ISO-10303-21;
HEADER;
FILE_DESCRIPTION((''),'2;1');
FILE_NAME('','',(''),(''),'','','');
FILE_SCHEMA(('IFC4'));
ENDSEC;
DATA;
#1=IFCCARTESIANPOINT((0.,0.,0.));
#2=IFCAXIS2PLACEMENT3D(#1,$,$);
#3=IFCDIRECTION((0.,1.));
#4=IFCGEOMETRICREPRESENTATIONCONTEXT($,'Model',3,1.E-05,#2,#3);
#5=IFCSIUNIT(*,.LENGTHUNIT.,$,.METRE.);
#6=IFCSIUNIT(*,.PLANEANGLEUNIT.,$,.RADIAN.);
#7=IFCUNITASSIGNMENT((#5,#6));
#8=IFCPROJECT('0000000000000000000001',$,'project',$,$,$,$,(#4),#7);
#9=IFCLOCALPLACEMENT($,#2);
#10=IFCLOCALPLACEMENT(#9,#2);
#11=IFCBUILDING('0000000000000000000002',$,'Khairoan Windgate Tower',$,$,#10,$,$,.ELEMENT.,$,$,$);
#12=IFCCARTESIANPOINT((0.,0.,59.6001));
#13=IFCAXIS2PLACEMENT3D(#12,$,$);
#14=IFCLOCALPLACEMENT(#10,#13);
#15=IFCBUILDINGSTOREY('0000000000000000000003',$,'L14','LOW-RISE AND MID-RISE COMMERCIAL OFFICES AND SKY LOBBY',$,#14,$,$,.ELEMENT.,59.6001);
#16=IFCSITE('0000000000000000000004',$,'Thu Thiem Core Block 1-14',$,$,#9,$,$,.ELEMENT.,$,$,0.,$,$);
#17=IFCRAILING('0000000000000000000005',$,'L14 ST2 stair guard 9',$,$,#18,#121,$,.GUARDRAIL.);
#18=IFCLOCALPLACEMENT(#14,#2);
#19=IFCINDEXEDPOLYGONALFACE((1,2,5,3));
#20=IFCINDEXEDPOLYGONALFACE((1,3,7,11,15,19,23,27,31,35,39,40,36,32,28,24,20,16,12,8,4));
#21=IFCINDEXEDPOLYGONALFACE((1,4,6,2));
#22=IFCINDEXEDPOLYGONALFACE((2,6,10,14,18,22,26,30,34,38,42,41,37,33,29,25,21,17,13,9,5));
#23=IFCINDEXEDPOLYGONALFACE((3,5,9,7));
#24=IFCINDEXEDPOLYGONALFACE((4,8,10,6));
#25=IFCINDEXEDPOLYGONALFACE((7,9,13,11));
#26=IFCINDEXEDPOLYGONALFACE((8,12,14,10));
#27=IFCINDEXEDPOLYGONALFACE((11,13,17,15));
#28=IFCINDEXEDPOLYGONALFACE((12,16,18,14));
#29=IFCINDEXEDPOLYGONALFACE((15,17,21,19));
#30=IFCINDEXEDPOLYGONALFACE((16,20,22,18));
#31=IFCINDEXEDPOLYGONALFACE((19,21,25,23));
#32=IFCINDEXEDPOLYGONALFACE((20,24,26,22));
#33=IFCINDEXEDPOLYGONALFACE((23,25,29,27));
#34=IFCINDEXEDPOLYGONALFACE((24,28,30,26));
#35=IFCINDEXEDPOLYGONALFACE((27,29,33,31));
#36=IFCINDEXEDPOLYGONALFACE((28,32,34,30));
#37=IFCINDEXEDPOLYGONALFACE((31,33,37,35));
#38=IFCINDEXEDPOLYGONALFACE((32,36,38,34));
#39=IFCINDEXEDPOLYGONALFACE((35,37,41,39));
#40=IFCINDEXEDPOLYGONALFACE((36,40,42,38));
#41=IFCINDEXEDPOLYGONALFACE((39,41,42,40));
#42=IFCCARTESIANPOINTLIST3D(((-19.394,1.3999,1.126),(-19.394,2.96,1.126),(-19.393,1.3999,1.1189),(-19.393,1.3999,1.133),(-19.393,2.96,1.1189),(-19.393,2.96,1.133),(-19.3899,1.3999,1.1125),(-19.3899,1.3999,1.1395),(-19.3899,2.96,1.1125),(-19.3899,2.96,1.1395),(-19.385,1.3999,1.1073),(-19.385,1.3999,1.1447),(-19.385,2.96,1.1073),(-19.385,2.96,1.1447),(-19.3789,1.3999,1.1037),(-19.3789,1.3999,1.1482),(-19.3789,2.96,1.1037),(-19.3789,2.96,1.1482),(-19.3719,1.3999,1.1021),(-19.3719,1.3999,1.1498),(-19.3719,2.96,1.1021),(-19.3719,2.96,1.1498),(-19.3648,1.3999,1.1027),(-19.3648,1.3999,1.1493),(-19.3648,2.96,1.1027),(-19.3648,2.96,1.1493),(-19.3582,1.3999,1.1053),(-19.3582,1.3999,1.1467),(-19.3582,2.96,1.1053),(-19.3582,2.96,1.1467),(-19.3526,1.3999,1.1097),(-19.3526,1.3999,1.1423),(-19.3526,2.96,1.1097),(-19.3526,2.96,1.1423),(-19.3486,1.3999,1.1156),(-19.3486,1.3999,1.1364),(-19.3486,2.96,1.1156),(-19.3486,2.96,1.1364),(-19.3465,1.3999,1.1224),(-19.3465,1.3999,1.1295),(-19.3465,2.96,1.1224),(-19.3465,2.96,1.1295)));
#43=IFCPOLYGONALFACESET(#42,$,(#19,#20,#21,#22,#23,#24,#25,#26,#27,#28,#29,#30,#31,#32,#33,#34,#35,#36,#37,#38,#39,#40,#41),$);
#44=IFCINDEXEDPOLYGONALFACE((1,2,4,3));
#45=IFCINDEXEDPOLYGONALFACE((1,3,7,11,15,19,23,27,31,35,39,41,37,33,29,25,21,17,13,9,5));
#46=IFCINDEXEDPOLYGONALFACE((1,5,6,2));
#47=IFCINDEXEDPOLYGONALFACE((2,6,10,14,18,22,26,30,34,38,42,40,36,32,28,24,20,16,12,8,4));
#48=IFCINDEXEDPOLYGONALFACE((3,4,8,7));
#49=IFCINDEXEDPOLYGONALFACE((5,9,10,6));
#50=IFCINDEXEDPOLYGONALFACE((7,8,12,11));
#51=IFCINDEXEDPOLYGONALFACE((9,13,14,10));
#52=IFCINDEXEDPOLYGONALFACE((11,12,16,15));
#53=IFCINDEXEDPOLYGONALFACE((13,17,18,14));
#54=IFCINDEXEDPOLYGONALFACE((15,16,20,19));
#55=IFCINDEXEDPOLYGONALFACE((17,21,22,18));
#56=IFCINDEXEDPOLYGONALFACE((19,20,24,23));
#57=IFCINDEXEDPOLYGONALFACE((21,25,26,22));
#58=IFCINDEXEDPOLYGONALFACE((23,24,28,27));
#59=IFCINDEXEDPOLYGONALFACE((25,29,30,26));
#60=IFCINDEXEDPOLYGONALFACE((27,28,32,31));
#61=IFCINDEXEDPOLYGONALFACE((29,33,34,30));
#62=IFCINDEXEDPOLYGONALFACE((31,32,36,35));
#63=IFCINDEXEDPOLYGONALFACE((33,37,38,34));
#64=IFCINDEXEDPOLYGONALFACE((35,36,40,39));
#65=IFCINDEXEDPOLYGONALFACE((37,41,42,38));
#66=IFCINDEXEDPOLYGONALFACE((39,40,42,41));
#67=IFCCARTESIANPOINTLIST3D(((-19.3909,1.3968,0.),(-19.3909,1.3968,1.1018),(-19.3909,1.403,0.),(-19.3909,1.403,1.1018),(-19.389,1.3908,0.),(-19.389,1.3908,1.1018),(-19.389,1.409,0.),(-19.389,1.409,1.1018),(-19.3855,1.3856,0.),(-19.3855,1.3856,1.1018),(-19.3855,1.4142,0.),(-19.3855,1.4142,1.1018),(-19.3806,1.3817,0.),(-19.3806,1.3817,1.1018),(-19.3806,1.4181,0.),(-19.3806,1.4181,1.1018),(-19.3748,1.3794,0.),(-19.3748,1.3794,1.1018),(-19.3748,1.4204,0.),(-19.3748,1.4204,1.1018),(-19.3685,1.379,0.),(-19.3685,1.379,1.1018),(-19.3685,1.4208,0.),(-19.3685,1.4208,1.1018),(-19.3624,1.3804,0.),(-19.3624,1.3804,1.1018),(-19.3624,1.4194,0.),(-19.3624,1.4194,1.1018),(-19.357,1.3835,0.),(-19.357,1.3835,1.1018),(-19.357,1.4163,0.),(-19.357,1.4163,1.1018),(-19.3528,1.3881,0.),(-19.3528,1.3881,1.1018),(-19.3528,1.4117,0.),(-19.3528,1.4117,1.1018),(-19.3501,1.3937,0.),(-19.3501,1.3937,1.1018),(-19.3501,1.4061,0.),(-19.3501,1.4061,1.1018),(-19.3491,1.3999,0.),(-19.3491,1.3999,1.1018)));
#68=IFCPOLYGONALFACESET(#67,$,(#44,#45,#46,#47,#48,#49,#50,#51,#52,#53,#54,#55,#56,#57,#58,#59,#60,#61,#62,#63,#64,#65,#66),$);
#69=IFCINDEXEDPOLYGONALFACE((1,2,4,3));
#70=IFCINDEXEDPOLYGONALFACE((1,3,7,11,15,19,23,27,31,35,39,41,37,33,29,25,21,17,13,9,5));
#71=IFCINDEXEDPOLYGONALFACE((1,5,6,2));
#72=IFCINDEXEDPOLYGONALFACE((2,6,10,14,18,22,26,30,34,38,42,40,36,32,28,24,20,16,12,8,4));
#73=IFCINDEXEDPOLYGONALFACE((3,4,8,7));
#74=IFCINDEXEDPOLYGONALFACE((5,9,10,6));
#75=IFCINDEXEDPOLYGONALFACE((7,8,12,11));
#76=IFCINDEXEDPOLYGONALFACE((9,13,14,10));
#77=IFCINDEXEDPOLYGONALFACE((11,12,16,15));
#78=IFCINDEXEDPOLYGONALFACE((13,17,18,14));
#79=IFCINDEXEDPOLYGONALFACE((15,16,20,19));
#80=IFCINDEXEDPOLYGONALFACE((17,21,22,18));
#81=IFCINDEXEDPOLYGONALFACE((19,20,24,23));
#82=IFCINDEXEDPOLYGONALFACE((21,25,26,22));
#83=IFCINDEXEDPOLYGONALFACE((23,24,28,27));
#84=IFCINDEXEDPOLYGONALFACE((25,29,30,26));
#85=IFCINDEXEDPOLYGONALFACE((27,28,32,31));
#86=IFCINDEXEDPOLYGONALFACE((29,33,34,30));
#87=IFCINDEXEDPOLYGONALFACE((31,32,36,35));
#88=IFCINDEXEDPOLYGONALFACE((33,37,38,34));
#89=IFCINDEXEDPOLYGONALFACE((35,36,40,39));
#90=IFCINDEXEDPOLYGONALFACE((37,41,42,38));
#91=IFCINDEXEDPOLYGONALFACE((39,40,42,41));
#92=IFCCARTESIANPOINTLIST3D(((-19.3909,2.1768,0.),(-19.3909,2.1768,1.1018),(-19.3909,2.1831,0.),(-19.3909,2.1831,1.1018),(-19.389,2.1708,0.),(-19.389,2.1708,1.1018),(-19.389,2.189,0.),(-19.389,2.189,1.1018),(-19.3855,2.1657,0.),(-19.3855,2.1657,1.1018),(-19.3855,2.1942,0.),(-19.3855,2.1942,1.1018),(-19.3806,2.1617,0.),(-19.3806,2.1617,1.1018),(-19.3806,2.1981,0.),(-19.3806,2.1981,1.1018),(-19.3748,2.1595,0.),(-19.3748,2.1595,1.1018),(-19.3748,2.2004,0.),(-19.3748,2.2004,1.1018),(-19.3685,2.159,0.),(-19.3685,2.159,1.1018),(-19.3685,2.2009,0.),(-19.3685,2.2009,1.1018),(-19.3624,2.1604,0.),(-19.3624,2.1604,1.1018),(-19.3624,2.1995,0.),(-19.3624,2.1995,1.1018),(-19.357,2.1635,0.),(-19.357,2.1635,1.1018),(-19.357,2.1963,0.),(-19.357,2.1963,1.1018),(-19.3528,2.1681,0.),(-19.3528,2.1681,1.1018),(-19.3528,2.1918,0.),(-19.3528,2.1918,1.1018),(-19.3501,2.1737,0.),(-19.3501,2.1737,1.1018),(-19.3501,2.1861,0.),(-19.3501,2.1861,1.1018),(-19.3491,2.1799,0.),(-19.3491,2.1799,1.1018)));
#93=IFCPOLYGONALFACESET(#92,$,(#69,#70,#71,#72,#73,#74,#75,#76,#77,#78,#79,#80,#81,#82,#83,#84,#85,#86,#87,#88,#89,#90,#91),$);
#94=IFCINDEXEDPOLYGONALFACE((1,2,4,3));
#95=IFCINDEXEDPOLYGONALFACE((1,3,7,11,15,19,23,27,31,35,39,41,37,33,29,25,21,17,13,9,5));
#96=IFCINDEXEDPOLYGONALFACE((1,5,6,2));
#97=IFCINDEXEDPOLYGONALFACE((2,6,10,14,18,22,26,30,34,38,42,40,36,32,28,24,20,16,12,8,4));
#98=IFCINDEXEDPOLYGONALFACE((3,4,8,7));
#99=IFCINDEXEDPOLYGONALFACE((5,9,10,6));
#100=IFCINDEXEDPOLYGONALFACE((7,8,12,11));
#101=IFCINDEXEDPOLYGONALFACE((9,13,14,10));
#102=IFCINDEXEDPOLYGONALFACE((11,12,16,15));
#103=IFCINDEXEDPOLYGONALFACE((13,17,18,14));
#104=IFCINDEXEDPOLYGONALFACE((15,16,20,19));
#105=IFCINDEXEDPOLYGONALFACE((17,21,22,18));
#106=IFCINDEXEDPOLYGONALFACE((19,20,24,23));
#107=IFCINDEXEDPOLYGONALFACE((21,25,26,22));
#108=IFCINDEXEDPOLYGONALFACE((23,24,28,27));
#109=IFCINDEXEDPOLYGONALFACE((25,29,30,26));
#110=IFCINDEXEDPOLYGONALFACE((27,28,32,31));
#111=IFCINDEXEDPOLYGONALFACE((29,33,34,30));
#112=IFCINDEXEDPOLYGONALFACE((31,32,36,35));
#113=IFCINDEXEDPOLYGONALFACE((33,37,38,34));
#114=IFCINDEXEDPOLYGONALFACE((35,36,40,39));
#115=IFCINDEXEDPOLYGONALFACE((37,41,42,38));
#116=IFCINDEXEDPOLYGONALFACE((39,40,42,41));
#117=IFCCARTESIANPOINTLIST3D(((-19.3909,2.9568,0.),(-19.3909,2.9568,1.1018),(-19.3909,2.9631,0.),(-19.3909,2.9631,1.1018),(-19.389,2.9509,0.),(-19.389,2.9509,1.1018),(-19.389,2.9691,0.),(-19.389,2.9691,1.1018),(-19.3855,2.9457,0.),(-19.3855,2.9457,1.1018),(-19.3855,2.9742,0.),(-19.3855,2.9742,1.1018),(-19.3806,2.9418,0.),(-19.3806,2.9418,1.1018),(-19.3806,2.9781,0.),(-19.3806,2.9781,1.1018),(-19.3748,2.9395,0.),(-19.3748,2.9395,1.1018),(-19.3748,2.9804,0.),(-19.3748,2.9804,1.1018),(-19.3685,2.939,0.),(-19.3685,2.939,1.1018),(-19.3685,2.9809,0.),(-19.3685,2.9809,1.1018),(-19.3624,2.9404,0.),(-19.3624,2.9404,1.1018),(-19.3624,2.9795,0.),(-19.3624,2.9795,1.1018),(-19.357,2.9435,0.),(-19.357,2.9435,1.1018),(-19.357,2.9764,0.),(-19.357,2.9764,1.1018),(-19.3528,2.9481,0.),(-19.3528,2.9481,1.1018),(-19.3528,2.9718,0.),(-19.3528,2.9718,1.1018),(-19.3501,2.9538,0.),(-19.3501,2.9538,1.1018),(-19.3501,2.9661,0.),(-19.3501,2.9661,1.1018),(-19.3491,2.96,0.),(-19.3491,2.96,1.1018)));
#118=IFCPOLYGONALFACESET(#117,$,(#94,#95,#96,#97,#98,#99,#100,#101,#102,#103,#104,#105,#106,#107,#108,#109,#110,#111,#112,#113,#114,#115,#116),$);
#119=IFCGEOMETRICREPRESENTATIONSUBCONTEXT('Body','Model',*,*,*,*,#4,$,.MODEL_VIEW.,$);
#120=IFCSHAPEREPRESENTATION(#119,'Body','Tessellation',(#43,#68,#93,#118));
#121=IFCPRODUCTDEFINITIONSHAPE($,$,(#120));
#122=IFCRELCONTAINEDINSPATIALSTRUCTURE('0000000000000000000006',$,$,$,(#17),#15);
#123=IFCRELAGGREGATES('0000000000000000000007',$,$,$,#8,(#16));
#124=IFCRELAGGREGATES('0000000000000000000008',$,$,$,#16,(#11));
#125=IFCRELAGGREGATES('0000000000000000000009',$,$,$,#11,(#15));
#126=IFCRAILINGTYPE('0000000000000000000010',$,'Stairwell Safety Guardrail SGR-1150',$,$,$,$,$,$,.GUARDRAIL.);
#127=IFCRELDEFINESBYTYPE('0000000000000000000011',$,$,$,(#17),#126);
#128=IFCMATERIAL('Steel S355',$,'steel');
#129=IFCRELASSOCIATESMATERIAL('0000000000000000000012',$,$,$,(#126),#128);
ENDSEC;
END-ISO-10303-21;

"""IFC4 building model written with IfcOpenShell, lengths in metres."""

from ifc_helpers import new_model, si_unit, direction, frame, origin, origin_2d, place, context, subcontext, project, spatial, circle, extrude, material, type_object, element, save


model = new_model("IFC4")

# Units and contexts
model_context = context("Model", 3, precision=1e-05, world=origin(), true_north=direction((0.0, 1.0)))
body_context = subcontext(model_context, "Body", "Model", "MODEL_VIEW")
ifc_project = project(units=[si_unit("LENGTHUNIT", "METRE"), si_unit("PLANEANGLEUNIT", "RADIAN")], contexts=[model_context])

# Site, building, storey
site_placement = place(None, origin())
site = spatial("IfcSite", under=ifc_project, at=site_placement, Name="Thu Thiem Core Block 1-14", CompositionType="ELEMENT", RefElevation=0.0)
building_placement = place(site_placement, origin())
building = spatial("IfcBuilding", under=site, at=building_placement, Name="Khairoan Windgate Tower", CompositionType="ELEMENT")
storey_placement = place(building_placement, frame((0.0, 0.0, 59.6001)))
storey = spatial("IfcBuildingStorey", under=building, at=storey_placement, Name="L14", Description="LOW-RISE AND MID-RISE COMMERCIAL OFFICES AND SKY LOBBY", CompositionType="ELEMENT", Elevation=59.6001)

# Railing
ifc_material_1 = material(Name="Steel S355", Category="steel")
railing_type_1 = type_object("IfcRailingType", Name="Stairwell Safety Guardrail SGR-1150", PredefinedType="GUARDRAIL", material=ifc_material_1)
for number, where, name in (
    (1, (-19.3701, 1.3999, 0.0), "L14 ST2 stair guard 9"),
):
    element("IfcRailing", number, at=place(storey_placement, frame(where)), inside=storey, type_object=railing_type_1, Name=name, PredefinedType="GUARDRAIL", context=body_context, shape_type="SweptSolid", body=[
        extrude(circle(Radius=0.0239, at=origin_2d()), frame((0.0, 0.0, 1.126), z_axis=(0.0, 1.0, 0.0), x_axis=(-1.0, 0.0, 0.0)), (0.0, 0.0, 1.0), 1.5601),
        extrude(circle(Radius=0.021, at=origin_2d()), origin(), (0.0, 0.0, 1.0), 1.1018),
        extrude(circle(Radius=0.021, at=origin_2d()), frame((0.0, 0.78, 0.0)), (0.0, 0.0, 1.0), 1.1018),
        extrude(circle(Radius=0.021, at=origin_2d()), frame((0.0, 1.5601, 0.0)), (0.0, 0.0, 1.0), 1.1018),
    ])

save(model, "model.ifc")
